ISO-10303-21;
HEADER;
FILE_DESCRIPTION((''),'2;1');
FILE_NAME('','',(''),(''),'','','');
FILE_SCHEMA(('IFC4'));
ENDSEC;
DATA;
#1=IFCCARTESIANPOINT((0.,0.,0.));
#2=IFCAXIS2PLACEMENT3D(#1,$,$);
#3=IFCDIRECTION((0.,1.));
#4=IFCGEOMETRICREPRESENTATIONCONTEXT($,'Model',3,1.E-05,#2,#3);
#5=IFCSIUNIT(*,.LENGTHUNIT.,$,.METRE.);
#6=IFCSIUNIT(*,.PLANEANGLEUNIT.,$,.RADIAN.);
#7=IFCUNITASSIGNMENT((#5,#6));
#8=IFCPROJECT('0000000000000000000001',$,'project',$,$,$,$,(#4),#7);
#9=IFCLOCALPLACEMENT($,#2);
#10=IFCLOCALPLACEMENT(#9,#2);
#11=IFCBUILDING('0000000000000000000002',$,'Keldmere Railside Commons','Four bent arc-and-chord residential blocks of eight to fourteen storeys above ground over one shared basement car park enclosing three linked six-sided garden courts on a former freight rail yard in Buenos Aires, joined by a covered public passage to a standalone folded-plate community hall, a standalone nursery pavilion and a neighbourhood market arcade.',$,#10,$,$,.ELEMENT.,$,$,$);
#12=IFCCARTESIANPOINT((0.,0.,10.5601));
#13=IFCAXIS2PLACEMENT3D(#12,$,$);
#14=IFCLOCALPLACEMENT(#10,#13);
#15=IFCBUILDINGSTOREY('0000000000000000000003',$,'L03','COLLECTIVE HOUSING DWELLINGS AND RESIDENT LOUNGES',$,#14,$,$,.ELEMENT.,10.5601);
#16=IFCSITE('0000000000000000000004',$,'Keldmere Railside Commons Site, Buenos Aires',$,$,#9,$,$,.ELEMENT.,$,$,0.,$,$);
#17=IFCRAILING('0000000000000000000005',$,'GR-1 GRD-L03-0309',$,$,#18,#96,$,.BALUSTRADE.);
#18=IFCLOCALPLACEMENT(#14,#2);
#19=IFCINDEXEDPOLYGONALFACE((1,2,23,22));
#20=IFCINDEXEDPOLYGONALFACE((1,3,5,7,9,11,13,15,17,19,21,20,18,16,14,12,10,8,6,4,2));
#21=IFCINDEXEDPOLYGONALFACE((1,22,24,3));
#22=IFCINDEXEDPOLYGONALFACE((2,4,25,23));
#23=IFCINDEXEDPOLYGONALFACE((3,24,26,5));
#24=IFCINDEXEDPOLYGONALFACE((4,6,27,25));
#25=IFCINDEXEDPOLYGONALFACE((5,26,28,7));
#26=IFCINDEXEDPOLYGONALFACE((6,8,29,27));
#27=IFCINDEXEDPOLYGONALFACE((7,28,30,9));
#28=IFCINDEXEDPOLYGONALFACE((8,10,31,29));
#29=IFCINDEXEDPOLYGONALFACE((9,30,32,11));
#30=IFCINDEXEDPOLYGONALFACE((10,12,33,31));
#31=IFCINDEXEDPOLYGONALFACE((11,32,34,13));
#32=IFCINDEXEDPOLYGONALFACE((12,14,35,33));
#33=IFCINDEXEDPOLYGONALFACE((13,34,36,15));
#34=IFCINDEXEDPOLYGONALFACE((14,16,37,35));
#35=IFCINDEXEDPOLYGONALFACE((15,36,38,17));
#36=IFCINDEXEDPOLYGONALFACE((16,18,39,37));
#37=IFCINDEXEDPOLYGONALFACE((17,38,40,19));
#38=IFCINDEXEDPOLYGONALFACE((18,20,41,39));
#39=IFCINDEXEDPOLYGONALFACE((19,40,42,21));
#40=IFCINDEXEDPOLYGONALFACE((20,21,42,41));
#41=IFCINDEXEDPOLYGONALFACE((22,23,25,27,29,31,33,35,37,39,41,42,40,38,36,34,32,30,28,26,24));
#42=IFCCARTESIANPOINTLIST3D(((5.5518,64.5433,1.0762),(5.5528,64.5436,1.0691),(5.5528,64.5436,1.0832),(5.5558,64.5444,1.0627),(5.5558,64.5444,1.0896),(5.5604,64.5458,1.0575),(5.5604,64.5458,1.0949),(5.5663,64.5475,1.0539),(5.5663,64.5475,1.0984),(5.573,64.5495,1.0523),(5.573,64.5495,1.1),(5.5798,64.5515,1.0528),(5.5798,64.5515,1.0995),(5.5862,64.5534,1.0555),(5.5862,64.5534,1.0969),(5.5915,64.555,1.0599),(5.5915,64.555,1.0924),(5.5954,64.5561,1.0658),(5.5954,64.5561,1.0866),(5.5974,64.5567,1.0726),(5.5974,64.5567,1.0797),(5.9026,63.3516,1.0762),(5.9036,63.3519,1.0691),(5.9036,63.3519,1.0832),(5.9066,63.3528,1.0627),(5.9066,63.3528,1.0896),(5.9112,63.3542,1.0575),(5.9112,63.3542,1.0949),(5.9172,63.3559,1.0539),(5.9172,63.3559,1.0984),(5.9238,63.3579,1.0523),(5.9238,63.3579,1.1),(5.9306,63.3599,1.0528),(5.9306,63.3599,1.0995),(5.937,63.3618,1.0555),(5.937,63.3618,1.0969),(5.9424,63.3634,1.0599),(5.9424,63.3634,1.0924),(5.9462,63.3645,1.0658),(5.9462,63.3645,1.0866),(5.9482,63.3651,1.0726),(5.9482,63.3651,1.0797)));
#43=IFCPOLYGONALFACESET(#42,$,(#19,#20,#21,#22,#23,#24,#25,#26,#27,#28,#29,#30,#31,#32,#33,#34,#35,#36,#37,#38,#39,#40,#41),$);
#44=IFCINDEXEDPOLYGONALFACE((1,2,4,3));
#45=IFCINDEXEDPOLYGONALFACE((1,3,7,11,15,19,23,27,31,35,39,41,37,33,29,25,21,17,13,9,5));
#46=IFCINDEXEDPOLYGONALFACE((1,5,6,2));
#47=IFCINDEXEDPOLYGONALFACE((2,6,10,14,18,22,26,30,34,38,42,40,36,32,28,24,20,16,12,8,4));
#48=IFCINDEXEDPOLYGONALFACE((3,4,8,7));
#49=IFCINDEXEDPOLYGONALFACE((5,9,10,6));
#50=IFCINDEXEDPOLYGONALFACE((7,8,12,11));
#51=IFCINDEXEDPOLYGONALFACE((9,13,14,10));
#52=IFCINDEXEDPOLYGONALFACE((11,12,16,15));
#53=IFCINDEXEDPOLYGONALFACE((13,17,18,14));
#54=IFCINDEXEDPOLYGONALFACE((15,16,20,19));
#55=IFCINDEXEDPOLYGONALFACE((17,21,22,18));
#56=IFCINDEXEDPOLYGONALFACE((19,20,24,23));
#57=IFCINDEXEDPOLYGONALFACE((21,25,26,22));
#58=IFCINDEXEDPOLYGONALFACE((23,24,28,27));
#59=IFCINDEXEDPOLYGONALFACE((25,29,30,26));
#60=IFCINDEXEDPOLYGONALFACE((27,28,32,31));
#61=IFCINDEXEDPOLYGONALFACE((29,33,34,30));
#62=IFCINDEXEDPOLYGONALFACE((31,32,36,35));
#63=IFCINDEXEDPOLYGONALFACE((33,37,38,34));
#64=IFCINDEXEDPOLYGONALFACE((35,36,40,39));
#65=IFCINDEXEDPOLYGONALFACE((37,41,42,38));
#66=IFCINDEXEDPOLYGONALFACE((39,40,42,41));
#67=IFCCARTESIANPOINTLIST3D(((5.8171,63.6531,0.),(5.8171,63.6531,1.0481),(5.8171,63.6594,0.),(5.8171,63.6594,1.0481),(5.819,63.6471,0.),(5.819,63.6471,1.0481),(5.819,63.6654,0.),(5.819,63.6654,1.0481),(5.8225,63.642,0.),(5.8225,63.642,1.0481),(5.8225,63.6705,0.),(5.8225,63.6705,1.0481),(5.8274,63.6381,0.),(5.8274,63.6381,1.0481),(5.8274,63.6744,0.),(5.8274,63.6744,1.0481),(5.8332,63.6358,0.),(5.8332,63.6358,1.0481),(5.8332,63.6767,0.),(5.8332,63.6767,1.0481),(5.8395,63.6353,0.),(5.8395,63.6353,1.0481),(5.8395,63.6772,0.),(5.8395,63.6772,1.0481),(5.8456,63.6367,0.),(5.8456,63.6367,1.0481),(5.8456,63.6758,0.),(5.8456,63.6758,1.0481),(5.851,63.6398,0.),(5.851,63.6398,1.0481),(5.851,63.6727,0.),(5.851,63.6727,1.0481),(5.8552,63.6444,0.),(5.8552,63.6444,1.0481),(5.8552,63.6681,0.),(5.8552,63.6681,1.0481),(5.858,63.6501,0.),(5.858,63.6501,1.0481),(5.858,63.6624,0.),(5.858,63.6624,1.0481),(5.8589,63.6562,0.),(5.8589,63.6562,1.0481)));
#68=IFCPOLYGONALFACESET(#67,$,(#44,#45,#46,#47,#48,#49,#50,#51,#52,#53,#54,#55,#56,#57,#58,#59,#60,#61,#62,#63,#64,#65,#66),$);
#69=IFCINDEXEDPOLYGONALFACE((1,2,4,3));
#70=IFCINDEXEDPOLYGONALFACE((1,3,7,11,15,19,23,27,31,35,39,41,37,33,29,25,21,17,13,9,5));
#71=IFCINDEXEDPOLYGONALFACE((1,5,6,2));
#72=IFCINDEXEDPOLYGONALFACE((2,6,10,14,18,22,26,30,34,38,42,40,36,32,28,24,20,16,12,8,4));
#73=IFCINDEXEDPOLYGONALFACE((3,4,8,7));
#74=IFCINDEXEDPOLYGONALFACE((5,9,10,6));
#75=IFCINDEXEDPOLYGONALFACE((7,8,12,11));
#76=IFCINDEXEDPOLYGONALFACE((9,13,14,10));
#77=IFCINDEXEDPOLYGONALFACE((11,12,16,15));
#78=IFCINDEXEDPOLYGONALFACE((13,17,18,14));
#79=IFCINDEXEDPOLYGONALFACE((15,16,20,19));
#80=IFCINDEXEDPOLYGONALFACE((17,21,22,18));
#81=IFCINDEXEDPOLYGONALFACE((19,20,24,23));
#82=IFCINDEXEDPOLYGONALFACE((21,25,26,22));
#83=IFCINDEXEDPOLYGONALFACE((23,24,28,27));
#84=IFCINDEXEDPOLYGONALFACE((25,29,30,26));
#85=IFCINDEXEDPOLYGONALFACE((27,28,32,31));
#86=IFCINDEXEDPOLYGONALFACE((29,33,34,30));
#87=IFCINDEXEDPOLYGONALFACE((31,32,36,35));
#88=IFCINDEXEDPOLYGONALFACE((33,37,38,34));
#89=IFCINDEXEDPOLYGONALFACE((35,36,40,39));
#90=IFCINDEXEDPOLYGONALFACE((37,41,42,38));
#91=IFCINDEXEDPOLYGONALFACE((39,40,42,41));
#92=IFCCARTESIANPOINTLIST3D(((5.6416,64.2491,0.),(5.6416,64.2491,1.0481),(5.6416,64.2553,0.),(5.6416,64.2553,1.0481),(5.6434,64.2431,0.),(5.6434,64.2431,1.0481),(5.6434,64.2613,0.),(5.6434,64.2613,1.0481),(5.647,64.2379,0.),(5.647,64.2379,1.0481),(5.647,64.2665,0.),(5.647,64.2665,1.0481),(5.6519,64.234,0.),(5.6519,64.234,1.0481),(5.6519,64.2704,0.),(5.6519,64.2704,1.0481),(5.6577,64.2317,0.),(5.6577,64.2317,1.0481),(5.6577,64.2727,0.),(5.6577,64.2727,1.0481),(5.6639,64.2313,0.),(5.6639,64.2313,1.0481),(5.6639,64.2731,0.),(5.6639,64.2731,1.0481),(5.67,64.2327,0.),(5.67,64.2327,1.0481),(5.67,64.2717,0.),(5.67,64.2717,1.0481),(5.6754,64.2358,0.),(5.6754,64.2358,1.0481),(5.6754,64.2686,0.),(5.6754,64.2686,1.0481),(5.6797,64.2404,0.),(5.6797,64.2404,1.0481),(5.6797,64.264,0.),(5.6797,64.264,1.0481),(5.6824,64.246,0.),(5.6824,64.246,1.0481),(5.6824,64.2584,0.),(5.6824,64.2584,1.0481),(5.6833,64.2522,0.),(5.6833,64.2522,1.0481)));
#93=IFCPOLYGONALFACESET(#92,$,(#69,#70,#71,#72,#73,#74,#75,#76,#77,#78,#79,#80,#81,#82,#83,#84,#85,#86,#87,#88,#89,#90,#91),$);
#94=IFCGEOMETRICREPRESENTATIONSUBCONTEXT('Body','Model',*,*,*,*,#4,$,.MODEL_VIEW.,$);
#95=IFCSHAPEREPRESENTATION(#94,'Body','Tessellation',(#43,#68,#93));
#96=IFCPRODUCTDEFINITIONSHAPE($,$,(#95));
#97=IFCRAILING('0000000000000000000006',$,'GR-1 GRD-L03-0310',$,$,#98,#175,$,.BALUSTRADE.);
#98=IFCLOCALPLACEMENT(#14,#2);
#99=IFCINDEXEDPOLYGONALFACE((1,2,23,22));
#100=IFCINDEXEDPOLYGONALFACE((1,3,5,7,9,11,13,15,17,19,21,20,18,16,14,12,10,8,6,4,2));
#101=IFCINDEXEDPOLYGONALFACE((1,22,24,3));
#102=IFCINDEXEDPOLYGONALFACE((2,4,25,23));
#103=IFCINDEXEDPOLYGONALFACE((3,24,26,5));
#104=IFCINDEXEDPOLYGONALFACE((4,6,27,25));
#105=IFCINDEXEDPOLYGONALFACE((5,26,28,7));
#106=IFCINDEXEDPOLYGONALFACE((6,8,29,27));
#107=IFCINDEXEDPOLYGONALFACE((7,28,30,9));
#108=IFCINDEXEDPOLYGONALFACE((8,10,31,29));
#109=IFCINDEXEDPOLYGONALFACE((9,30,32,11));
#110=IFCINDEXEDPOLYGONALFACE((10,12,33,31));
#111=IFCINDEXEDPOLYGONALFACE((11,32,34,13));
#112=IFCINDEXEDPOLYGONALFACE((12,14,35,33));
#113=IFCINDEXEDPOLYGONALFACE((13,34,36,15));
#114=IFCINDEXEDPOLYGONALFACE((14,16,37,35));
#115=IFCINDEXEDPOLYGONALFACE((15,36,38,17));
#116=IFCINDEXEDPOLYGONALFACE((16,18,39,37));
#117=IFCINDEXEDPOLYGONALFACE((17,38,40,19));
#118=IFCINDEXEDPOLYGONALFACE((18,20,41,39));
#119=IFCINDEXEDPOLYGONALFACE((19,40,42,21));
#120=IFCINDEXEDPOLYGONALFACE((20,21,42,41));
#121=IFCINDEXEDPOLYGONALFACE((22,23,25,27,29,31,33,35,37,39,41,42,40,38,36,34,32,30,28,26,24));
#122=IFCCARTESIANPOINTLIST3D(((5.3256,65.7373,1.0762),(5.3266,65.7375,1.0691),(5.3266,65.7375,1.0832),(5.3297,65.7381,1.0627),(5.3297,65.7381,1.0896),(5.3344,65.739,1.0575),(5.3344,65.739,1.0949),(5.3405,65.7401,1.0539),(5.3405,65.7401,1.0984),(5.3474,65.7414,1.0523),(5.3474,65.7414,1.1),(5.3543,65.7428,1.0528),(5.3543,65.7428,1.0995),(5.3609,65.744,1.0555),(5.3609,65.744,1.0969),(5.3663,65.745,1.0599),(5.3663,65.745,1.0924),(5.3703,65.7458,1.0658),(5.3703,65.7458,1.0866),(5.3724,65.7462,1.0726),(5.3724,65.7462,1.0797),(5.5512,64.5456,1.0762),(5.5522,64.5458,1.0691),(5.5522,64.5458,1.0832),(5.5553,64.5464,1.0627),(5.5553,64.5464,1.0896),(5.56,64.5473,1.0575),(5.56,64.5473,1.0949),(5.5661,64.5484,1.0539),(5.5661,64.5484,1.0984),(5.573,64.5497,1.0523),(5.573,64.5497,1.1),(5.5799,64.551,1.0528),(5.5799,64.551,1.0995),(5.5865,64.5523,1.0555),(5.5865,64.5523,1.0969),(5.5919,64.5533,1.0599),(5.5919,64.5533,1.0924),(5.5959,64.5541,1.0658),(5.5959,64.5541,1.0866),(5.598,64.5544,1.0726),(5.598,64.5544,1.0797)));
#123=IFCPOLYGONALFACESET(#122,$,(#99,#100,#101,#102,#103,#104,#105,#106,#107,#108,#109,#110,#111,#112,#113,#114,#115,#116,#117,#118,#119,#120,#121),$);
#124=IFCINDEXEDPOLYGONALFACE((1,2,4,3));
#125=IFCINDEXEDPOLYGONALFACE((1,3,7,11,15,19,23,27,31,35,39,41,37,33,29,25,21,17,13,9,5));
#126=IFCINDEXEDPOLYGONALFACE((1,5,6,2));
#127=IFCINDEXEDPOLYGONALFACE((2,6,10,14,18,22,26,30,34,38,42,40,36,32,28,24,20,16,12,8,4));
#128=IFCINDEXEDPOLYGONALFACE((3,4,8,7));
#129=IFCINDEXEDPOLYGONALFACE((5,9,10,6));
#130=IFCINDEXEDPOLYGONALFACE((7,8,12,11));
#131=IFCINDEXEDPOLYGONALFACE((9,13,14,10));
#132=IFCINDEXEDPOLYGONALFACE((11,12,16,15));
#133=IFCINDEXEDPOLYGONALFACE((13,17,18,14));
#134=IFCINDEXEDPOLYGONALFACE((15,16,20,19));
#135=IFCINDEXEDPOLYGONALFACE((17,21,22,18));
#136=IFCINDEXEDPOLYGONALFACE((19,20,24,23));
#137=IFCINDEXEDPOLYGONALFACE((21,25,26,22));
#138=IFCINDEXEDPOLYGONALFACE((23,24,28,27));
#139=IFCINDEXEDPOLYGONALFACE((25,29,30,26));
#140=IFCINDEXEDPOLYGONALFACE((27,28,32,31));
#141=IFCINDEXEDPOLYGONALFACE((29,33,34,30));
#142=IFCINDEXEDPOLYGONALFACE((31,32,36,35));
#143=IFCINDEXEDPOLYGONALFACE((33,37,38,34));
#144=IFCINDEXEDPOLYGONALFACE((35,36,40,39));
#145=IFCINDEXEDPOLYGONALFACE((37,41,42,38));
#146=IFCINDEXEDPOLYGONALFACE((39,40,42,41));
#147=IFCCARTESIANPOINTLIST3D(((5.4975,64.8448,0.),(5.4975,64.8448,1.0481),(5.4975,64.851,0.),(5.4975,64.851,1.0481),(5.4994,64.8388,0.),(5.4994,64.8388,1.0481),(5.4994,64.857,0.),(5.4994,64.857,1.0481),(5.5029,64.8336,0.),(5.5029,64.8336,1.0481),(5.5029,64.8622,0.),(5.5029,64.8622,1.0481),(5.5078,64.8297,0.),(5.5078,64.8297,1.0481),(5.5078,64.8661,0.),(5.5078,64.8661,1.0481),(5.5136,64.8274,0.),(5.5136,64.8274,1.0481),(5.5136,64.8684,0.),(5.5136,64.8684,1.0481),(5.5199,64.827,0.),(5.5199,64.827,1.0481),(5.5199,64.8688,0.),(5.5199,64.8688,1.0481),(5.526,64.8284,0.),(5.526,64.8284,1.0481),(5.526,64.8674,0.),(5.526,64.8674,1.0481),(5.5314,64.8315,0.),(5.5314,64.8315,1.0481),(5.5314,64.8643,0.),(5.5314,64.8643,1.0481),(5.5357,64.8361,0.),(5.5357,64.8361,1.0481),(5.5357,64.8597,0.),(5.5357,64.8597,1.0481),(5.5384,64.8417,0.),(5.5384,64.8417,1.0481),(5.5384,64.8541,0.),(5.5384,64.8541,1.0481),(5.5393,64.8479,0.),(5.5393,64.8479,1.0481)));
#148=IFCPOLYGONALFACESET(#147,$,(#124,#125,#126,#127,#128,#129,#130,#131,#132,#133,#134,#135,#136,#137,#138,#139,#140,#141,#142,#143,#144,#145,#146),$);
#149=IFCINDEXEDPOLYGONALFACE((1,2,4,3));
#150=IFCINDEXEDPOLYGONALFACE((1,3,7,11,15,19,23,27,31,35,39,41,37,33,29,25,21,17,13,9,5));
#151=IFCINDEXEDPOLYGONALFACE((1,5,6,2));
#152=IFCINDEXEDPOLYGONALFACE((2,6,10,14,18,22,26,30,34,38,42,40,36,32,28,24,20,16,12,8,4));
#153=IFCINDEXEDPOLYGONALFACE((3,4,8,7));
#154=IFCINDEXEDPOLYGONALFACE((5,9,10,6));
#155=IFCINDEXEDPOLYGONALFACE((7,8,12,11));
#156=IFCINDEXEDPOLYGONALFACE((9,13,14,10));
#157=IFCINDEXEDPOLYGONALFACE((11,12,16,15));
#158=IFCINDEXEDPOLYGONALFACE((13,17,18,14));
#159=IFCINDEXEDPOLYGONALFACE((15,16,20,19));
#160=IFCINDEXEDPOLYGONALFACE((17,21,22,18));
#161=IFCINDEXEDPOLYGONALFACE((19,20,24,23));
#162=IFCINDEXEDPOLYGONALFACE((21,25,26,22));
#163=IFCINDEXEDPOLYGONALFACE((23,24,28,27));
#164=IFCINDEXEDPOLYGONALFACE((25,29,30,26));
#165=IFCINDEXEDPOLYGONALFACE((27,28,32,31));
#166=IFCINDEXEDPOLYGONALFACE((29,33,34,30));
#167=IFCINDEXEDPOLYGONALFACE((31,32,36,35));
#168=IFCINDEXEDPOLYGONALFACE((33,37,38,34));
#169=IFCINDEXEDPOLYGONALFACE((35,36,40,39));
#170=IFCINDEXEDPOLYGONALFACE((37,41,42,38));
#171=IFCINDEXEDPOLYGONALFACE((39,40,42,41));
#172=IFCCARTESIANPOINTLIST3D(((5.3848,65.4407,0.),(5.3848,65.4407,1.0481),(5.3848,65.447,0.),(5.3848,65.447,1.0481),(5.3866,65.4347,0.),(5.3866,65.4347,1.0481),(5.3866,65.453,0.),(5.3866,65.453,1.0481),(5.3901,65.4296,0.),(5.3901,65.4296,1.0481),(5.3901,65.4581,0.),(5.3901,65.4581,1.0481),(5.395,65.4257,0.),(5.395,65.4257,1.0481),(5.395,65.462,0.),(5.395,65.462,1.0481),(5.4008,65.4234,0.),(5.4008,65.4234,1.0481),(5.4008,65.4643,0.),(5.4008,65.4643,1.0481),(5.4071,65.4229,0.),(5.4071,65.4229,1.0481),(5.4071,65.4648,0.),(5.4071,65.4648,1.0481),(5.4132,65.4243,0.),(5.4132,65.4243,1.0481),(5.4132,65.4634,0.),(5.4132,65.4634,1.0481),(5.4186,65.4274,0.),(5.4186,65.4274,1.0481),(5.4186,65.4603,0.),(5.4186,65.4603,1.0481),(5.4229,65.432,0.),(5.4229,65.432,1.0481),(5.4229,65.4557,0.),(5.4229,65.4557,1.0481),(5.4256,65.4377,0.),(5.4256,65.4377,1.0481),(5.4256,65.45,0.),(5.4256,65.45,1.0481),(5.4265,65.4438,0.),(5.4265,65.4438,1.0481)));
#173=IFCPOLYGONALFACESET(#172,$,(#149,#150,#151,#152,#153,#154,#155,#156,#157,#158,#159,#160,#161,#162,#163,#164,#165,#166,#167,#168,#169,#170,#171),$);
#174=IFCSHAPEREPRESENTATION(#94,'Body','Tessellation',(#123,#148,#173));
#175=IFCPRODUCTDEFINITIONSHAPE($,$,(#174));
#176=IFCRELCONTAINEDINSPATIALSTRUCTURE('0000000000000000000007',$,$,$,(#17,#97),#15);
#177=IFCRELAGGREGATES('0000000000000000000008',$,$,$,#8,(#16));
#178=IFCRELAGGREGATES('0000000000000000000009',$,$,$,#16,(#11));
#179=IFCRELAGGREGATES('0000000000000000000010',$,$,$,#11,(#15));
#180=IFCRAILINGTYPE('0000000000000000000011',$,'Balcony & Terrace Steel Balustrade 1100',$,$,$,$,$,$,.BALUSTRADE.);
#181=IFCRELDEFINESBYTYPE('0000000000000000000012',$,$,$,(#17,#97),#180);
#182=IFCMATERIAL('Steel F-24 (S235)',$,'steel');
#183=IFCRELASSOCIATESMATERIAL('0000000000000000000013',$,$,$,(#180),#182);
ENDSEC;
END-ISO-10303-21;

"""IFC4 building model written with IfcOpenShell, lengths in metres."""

from ifc_helpers import new_model, si_unit, direction, frame, origin, origin_2d, place, context, subcontext, project, spatial, circle, extrude, material, type_object, element, save


model = new_model("IFC4")

# Units and contexts
model_context = context("Model", 3, precision=1e-05, world=origin(), true_north=direction((0.0, 1.0)))
body_context = subcontext(model_context, "Body", "Model", "MODEL_VIEW")
ifc_project = project(units=[si_unit("LENGTHUNIT", "METRE"), si_unit("PLANEANGLEUNIT", "RADIAN")], contexts=[model_context])

# Site, building, storey
site_placement = place(None, origin())
site = spatial("IfcSite", under=ifc_project, at=site_placement, Name="Keldmere Railside Commons Site, Buenos Aires", CompositionType="ELEMENT", RefElevation=0.0)
building_placement = place(site_placement, origin())
building = spatial("IfcBuilding", under=site, at=building_placement, Name="Keldmere Railside Commons", Description="Four bent arc-and-chord residential blocks of eight to fourteen storeys above ground over one shared basement car park enclosing three linked six-sided garden courts on a former freight rail yard in Buenos Aires, joined by a covered public passage to a standalone folded-plate community hall, a standalone nursery pavilion and a neighbourhood market arcade.", CompositionType="ELEMENT")
storey_placement = place(building_placement, frame((0.0, 0.0, 10.5601)))
storey = spatial("IfcBuildingStorey", under=building, at=storey_placement, Name="L03", Description="COLLECTIVE HOUSING DWELLINGS AND RESIDENT LOUNGES", CompositionType="ELEMENT", Elevation=10.5601)

# Railings
ifc_material_1 = material(Name="Steel F-24 (S235)", Category="steel")
railing_type_1 = type_object("IfcRailingType", Name="Balcony & Terrace Steel Balustrade 1100", PredefinedType="BALUSTRADE", material=ifc_material_1)
railing_1_placement = place(storey_placement, frame((5.9255, 63.3584, 0.0)))
element("IfcRailing", 1, at=railing_1_placement, inside=storey, type_object=railing_type_1, Name="GR-1 GRD-L03-0309", PredefinedType="BALUSTRADE", context=body_context, shape_type="SweptSolid", body=[
    extrude(circle(Radius=0.0239, at=origin_2d()), frame((0.0, 0.0, 1.0762), z_axis=(-0.282422, 0.95929, 0.0), x_axis=(-0.95929, -0.282422, 0.0)), (0.0, 0.0, 1.0), 1.2422),
    extrude(circle(Radius=0.021, at=origin_2d()), frame((-0.0876, 0.2979, 0.0)), (0.0, 0.0, 1.0), 1.0481),
    extrude(circle(Radius=0.021, at=origin_2d()), frame((-0.2632, 0.8938, 0.0)), (0.0, 0.0, 1.0), 1.0481),
])
railing_2_placement = place(storey_placement, frame((5.5747, 64.55, 0.0)))
element("IfcRailing", 2, at=railing_2_placement, inside=storey, type_object=railing_type_1, Name="GR-1 GRD-L03-0310", PredefinedType="BALUSTRADE", context=body_context, shape_type="SweptSolid", body=[
    extrude(circle(Radius=0.0239, at=origin_2d()), frame((0.0, 0.0, 1.0762), z_axis=(-0.186002, 0.982549, 0.0), x_axis=(-0.982549, -0.186002, 0.0)), (0.0, 0.0, 1.0), 1.2129),
    extrude(circle(Radius=0.021, at=origin_2d()), frame((-0.0564, 0.2979, 0.0)), (0.0, 0.0, 1.0), 1.0481),
    extrude(circle(Radius=0.021, at=origin_2d()), frame((-0.1692, 0.8938, 0.0)), (0.0, 0.0, 1.0), 1.0481),
])

save(model, "model.ifc")
